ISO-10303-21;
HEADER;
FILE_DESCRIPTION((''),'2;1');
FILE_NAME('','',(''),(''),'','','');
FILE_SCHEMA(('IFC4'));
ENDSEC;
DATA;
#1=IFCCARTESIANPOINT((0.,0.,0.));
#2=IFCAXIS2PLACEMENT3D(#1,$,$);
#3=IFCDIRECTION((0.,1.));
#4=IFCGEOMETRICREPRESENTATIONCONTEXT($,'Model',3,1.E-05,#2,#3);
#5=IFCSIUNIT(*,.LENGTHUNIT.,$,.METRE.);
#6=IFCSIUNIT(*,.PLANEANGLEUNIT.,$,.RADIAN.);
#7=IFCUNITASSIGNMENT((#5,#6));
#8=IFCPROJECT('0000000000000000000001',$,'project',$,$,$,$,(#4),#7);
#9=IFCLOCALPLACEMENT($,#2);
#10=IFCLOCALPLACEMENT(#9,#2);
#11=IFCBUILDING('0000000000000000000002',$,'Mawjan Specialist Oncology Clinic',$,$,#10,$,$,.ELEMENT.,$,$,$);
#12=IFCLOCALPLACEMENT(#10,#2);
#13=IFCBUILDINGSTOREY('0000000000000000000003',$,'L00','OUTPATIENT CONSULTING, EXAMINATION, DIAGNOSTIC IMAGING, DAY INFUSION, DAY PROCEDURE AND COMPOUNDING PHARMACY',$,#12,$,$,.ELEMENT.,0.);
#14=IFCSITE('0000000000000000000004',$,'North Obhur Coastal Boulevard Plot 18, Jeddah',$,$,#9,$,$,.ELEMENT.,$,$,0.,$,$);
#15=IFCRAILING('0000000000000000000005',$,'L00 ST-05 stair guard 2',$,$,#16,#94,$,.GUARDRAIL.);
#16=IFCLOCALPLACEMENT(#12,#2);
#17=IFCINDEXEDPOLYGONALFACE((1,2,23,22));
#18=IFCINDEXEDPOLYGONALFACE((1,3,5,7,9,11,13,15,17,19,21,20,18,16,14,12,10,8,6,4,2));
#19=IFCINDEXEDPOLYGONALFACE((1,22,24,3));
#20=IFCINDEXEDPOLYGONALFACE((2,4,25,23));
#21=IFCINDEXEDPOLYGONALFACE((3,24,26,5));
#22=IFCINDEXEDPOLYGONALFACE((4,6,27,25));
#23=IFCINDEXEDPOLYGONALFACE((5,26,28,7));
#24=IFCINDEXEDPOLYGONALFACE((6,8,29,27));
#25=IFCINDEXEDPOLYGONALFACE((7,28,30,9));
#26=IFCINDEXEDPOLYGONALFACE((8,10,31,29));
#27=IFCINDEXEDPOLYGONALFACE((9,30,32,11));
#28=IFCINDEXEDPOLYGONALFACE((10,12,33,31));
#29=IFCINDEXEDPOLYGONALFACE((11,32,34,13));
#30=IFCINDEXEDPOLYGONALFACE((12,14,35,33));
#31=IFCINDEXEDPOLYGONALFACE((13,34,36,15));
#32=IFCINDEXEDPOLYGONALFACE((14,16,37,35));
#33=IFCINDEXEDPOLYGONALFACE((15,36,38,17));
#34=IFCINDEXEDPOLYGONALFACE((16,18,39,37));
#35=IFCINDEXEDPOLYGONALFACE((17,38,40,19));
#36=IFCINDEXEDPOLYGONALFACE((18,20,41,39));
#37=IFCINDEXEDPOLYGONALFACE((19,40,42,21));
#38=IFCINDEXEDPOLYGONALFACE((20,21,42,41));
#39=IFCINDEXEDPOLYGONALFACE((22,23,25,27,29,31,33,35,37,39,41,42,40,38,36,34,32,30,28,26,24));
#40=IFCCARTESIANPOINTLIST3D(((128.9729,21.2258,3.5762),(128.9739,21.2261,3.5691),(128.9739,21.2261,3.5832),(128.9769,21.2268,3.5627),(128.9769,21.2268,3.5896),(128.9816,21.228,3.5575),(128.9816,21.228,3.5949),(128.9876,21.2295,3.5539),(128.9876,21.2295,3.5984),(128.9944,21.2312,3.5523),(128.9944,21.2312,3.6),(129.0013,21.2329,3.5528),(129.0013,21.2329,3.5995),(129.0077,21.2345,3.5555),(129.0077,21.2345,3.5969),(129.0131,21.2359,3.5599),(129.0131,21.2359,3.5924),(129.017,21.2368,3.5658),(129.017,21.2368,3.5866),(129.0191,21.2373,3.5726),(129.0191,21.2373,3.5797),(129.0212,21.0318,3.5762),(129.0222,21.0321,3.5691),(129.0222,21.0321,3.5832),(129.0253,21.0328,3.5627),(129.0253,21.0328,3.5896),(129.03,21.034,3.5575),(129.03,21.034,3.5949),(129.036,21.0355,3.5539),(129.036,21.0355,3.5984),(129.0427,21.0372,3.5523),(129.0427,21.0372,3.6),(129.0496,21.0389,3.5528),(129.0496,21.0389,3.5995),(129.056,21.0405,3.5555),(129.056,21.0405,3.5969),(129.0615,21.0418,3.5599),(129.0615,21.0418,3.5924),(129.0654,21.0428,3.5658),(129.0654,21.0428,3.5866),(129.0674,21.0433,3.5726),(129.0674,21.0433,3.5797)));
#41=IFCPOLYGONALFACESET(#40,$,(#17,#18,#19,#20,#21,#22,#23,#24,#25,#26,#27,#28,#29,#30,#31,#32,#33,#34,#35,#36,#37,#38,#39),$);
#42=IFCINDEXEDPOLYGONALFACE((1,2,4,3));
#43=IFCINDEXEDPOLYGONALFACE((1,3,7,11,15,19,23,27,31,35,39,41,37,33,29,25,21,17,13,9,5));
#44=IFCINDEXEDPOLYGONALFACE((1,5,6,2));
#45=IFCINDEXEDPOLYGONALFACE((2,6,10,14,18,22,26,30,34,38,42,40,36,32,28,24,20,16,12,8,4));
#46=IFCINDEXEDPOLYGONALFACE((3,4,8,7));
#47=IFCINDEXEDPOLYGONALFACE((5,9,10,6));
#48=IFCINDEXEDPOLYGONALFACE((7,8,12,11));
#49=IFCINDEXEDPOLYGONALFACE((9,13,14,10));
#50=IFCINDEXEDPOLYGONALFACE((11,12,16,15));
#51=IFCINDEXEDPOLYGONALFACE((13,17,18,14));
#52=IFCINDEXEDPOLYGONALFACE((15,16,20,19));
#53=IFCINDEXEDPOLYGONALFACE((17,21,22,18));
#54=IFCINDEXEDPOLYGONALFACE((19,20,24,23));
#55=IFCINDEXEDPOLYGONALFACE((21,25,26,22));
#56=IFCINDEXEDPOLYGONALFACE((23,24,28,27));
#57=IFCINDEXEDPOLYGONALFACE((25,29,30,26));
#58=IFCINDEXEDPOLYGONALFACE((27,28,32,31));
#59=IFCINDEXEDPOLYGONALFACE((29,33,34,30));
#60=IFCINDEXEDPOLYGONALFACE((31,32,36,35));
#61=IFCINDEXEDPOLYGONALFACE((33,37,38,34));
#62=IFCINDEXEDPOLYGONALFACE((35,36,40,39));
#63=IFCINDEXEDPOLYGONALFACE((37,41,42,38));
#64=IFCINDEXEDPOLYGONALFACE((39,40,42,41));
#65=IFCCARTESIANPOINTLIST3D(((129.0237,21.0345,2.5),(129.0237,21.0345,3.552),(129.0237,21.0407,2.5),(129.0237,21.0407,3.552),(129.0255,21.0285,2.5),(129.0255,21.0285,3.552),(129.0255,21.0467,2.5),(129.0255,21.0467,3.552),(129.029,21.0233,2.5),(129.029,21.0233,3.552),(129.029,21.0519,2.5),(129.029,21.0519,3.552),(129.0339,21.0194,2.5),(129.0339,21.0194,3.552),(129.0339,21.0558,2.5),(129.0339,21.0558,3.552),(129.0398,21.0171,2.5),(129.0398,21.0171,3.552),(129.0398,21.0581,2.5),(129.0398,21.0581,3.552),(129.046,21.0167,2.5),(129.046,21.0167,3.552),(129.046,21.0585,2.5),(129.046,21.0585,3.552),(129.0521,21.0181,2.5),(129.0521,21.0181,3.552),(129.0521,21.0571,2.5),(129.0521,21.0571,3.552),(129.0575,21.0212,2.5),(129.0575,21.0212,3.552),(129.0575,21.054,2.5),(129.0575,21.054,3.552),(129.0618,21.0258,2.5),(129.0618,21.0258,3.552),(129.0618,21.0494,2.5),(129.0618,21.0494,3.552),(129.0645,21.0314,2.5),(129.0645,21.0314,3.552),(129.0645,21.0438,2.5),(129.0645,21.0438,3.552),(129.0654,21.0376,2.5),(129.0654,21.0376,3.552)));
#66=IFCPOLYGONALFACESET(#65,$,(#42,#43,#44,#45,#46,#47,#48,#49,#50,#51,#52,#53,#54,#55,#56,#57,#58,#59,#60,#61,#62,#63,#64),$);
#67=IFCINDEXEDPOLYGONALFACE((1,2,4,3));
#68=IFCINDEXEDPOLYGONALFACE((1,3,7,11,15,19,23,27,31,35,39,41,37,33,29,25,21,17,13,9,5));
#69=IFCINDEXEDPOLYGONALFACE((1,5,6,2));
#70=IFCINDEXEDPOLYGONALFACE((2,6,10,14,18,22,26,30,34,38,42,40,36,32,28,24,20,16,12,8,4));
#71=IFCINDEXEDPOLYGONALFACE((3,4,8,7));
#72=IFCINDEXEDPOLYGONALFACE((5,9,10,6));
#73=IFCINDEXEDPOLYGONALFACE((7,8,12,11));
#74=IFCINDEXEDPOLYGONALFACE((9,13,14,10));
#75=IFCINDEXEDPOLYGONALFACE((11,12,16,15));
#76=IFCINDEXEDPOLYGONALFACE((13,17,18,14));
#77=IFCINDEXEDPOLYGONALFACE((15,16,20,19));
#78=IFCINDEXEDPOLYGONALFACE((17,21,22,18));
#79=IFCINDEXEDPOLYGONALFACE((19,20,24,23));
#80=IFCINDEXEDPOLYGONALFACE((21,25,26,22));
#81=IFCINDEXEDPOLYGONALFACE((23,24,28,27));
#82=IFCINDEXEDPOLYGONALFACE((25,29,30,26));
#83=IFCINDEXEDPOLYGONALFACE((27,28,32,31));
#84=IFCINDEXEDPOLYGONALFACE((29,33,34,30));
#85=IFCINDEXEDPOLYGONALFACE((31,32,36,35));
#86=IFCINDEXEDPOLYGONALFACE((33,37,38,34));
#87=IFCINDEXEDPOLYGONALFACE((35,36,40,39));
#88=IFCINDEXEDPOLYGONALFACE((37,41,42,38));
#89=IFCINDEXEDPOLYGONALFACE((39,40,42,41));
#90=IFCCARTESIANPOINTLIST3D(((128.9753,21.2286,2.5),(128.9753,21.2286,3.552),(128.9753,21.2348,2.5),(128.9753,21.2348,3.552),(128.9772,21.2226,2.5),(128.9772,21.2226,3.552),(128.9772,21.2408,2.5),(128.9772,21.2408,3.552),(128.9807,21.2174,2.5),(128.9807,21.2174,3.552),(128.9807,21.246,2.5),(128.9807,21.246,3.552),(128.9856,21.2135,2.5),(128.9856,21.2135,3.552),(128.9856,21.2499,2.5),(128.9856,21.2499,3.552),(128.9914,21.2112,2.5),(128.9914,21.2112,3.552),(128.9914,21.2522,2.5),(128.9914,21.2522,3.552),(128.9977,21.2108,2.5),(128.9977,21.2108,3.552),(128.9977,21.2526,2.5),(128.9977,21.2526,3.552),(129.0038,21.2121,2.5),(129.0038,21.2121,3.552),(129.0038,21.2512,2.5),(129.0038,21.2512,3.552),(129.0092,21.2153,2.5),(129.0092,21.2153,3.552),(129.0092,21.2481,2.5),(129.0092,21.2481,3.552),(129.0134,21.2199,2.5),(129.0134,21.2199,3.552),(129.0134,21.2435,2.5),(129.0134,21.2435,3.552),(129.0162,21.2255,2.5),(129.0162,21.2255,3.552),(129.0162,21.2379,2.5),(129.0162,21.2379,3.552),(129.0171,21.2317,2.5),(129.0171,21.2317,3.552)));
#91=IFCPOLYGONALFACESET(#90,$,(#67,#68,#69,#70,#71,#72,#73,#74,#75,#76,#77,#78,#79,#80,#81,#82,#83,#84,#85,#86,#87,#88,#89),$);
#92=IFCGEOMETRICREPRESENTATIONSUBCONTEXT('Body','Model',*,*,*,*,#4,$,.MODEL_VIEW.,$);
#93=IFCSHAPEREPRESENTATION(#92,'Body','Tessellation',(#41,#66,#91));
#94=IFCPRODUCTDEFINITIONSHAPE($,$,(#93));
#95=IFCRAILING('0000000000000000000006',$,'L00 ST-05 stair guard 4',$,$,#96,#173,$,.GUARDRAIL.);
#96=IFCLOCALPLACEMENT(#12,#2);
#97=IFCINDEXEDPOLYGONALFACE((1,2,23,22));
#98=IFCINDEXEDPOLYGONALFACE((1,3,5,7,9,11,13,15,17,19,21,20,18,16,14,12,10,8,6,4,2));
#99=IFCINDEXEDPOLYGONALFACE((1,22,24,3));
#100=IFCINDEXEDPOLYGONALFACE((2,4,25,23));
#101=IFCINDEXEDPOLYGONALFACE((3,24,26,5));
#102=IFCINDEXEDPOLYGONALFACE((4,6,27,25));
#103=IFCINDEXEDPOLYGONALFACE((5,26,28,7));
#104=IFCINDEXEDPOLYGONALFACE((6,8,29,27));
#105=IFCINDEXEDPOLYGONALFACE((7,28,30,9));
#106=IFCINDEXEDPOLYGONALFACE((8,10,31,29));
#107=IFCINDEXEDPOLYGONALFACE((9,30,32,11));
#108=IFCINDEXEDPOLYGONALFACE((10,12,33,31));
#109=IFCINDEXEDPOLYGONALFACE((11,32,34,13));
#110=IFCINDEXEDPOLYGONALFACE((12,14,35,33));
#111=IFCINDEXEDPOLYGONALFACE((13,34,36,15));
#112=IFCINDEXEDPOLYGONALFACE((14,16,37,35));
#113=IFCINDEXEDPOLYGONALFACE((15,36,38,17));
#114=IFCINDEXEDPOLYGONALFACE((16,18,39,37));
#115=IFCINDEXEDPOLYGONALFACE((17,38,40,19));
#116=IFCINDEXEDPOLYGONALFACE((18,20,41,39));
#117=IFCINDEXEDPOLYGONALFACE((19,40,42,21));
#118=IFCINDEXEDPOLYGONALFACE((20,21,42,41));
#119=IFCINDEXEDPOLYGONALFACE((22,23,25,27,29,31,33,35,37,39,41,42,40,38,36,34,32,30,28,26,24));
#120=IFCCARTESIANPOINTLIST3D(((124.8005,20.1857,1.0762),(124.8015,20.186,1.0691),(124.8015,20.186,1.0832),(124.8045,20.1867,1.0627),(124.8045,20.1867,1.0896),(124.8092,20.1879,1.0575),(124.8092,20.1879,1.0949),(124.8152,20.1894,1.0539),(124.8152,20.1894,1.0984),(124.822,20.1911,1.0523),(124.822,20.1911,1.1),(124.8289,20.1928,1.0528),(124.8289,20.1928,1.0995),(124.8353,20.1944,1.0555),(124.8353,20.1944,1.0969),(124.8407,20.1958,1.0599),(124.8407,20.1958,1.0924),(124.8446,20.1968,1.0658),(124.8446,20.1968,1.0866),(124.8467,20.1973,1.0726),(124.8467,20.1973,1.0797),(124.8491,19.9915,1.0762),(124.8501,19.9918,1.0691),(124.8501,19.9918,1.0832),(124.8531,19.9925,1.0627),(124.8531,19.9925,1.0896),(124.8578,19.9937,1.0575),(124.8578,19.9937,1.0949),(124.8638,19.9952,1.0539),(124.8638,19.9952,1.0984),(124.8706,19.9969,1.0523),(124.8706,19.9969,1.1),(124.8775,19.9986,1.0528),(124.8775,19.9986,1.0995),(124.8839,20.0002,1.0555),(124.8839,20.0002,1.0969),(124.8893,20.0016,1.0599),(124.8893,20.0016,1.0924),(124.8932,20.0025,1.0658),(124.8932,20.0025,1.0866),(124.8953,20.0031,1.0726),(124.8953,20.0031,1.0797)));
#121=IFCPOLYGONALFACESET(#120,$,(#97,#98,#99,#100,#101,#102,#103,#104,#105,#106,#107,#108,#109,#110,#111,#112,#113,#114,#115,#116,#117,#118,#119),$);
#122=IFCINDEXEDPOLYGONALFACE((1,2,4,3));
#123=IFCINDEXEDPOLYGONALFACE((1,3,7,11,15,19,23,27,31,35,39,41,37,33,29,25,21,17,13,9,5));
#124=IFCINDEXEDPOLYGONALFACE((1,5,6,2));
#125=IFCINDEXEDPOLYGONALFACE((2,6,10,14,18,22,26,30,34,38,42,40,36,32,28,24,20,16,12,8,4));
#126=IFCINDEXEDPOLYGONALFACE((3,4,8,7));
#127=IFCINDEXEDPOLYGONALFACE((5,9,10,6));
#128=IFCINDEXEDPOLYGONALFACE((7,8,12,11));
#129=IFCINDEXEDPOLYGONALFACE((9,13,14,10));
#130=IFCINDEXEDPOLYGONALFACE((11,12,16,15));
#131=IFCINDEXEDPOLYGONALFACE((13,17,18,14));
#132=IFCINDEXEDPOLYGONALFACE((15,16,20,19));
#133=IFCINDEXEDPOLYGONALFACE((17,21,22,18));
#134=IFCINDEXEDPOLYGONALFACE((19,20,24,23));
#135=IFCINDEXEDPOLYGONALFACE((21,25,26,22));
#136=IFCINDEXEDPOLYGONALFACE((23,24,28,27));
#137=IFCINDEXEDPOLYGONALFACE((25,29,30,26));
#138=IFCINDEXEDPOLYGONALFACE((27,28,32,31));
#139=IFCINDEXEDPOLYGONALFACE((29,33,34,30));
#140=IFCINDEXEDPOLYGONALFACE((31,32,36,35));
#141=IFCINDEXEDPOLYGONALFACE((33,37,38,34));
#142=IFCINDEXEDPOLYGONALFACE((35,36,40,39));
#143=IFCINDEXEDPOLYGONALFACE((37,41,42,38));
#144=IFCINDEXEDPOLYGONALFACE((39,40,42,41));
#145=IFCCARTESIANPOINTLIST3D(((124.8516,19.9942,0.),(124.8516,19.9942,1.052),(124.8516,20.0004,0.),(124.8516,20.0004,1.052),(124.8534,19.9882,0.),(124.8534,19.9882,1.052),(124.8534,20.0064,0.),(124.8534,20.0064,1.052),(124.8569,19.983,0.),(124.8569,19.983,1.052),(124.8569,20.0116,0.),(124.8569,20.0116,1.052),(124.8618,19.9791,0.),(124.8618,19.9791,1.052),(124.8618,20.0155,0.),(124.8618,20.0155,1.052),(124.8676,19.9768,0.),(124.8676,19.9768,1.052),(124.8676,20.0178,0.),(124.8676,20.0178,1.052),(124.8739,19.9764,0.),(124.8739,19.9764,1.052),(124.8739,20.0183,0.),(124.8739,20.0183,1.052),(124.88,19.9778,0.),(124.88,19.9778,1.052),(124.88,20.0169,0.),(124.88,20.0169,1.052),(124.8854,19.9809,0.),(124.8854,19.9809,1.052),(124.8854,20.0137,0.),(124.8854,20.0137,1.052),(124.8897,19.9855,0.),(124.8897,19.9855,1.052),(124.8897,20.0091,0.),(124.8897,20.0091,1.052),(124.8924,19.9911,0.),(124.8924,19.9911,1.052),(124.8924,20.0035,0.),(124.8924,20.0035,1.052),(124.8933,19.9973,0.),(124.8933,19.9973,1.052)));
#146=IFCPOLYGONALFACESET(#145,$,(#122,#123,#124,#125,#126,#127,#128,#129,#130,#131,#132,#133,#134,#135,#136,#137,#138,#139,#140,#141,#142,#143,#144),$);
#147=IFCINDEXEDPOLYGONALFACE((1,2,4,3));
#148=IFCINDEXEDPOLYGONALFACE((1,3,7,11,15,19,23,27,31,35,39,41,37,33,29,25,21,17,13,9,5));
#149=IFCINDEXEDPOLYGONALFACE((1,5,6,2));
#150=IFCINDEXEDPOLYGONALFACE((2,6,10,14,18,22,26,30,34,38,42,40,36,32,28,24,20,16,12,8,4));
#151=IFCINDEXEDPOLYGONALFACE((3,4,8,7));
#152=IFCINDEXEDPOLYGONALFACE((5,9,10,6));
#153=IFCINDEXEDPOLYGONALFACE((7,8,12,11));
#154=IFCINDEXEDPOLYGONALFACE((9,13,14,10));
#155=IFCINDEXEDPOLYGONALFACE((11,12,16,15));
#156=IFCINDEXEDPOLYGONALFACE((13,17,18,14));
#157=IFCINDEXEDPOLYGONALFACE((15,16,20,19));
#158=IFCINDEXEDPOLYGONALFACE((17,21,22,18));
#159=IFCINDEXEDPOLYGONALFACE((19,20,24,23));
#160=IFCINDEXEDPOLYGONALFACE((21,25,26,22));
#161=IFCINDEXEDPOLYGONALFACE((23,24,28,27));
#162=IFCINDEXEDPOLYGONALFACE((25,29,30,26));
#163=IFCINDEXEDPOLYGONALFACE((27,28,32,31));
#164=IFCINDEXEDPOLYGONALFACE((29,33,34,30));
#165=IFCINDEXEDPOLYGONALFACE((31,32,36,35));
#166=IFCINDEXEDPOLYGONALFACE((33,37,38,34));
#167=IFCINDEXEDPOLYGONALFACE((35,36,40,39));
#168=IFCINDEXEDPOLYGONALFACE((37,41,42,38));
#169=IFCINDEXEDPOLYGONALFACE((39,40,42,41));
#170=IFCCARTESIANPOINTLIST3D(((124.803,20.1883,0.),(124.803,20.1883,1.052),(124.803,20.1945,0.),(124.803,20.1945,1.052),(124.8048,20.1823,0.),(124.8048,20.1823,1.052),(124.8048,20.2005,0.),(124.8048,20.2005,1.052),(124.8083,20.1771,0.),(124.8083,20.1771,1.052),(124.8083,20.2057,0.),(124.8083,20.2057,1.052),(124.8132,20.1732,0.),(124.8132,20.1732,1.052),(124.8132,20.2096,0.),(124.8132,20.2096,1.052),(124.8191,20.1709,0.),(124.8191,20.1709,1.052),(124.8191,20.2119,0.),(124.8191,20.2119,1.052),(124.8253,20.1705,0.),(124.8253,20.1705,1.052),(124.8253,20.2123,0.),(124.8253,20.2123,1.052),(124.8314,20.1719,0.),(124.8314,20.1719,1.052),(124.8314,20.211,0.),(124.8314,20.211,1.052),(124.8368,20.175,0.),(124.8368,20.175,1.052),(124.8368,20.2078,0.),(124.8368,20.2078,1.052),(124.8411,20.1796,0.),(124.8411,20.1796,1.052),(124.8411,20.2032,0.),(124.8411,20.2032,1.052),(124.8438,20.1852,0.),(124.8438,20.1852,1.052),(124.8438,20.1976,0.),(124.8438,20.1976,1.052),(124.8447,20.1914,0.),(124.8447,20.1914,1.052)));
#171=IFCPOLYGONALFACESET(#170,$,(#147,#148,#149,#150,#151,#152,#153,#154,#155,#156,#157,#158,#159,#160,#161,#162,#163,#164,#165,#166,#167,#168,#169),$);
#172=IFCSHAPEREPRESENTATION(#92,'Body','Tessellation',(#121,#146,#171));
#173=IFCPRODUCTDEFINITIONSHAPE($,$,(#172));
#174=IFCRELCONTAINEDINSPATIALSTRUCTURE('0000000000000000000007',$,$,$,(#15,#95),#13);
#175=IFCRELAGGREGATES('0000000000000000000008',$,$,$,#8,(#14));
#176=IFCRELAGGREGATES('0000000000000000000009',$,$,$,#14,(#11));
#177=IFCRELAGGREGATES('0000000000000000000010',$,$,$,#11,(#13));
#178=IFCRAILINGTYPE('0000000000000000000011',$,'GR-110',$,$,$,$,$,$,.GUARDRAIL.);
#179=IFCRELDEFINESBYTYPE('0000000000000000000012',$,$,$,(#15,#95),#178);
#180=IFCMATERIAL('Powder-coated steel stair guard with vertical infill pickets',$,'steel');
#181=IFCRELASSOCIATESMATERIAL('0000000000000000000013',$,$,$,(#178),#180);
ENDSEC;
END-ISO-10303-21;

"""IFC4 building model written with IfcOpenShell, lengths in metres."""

from ifc_helpers import new_model, si_unit, direction, frame, origin, origin_2d, place, context, subcontext, project, spatial, circle, extrude, material, type_object, element, save


model = new_model("IFC4")

# Units and contexts
model_context = context("Model", 3, precision=1e-05, world=origin(), true_north=direction((0.0, 1.0)))
body_context = subcontext(model_context, "Body", "Model", "MODEL_VIEW")
ifc_project = project(units=[si_unit("LENGTHUNIT", "METRE"), si_unit("PLANEANGLEUNIT", "RADIAN")], contexts=[model_context])

# Site, building, storey
site_placement = place(None, origin())
site = spatial("IfcSite", under=ifc_project, at=site_placement, Name="North Obhur Coastal Boulevard Plot 18, Jeddah", CompositionType="ELEMENT", RefElevation=0.0)
building_placement = place(site_placement, origin())
building = spatial("IfcBuilding", under=site, at=building_placement, Name="Mawjan Specialist Oncology Clinic", CompositionType="ELEMENT")
storey_placement = place(building_placement, origin())
storey = spatial("IfcBuildingStorey", under=building, at=storey_placement, Name="L00", Description="OUTPATIENT CONSULTING, EXAMINATION, DIAGNOSTIC IMAGING, DAY INFUSION, DAY PROCEDURE AND COMPOUNDING PHARMACY", CompositionType="ELEMENT", Elevation=0.0)

# Railings
ifc_material_1 = material(Name="Powder-coated steel stair guard with vertical infill pickets", Category="steel")
railing_type_1 = type_object("IfcRailingType", Name="GR-110", PredefinedType="GUARDRAIL", material=ifc_material_1)
railing_1_placement = place(storey_placement, frame((129.0444, 21.0376, 2.5)))
element("IfcRailing", 1, at=railing_1_placement, inside=storey, type_object=railing_type_1, Name="L00 ST-05 stair guard 2", PredefinedType="GUARDRAIL", context=body_context, shape_type="SweptSolid", body=[
    extrude(circle(Radius=0.0239, at=origin_2d()), frame((0.0, 0.0, 1.0762), z_axis=(-0.241674, 0.970358, 0.0), x_axis=(-0.970358, -0.241674, 0.0)), (0.0, 0.0, 1.0), 0.2),
    extrude(circle(Radius=0.021, at=origin_2d()), origin(), (0.0, 0.0, 1.0), 1.052),
    extrude(circle(Radius=0.021, at=origin_2d()), frame((-0.0483, 0.1941, 0.0)), (0.0, 0.0, 1.0), 1.052),
])
railing_2_placement = place(storey_placement, frame((124.8723, 19.9973, 0.0)))
element("IfcRailing", 2, at=railing_2_placement, inside=storey, type_object=railing_type_1, Name="L00 ST-05 stair guard 4", PredefinedType="GUARDRAIL", context=body_context, shape_type="SweptSolid", body=[
    extrude(circle(Radius=0.0239, at=origin_2d()), frame((0.0, 0.0, 1.0762), z_axis=(-0.242823, 0.970071, 0.0), x_axis=(-0.970071, -0.242823, 0.0)), (0.0, 0.0, 1.0), 0.2002),
    extrude(circle(Radius=0.021, at=origin_2d()), origin(), (0.0, 0.0, 1.0), 1.052),
    extrude(circle(Radius=0.021, at=origin_2d()), frame((-0.0486, 0.1941, 0.0)), (0.0, 0.0, 1.0), 1.052),
])

save(model, "model.ifc")
